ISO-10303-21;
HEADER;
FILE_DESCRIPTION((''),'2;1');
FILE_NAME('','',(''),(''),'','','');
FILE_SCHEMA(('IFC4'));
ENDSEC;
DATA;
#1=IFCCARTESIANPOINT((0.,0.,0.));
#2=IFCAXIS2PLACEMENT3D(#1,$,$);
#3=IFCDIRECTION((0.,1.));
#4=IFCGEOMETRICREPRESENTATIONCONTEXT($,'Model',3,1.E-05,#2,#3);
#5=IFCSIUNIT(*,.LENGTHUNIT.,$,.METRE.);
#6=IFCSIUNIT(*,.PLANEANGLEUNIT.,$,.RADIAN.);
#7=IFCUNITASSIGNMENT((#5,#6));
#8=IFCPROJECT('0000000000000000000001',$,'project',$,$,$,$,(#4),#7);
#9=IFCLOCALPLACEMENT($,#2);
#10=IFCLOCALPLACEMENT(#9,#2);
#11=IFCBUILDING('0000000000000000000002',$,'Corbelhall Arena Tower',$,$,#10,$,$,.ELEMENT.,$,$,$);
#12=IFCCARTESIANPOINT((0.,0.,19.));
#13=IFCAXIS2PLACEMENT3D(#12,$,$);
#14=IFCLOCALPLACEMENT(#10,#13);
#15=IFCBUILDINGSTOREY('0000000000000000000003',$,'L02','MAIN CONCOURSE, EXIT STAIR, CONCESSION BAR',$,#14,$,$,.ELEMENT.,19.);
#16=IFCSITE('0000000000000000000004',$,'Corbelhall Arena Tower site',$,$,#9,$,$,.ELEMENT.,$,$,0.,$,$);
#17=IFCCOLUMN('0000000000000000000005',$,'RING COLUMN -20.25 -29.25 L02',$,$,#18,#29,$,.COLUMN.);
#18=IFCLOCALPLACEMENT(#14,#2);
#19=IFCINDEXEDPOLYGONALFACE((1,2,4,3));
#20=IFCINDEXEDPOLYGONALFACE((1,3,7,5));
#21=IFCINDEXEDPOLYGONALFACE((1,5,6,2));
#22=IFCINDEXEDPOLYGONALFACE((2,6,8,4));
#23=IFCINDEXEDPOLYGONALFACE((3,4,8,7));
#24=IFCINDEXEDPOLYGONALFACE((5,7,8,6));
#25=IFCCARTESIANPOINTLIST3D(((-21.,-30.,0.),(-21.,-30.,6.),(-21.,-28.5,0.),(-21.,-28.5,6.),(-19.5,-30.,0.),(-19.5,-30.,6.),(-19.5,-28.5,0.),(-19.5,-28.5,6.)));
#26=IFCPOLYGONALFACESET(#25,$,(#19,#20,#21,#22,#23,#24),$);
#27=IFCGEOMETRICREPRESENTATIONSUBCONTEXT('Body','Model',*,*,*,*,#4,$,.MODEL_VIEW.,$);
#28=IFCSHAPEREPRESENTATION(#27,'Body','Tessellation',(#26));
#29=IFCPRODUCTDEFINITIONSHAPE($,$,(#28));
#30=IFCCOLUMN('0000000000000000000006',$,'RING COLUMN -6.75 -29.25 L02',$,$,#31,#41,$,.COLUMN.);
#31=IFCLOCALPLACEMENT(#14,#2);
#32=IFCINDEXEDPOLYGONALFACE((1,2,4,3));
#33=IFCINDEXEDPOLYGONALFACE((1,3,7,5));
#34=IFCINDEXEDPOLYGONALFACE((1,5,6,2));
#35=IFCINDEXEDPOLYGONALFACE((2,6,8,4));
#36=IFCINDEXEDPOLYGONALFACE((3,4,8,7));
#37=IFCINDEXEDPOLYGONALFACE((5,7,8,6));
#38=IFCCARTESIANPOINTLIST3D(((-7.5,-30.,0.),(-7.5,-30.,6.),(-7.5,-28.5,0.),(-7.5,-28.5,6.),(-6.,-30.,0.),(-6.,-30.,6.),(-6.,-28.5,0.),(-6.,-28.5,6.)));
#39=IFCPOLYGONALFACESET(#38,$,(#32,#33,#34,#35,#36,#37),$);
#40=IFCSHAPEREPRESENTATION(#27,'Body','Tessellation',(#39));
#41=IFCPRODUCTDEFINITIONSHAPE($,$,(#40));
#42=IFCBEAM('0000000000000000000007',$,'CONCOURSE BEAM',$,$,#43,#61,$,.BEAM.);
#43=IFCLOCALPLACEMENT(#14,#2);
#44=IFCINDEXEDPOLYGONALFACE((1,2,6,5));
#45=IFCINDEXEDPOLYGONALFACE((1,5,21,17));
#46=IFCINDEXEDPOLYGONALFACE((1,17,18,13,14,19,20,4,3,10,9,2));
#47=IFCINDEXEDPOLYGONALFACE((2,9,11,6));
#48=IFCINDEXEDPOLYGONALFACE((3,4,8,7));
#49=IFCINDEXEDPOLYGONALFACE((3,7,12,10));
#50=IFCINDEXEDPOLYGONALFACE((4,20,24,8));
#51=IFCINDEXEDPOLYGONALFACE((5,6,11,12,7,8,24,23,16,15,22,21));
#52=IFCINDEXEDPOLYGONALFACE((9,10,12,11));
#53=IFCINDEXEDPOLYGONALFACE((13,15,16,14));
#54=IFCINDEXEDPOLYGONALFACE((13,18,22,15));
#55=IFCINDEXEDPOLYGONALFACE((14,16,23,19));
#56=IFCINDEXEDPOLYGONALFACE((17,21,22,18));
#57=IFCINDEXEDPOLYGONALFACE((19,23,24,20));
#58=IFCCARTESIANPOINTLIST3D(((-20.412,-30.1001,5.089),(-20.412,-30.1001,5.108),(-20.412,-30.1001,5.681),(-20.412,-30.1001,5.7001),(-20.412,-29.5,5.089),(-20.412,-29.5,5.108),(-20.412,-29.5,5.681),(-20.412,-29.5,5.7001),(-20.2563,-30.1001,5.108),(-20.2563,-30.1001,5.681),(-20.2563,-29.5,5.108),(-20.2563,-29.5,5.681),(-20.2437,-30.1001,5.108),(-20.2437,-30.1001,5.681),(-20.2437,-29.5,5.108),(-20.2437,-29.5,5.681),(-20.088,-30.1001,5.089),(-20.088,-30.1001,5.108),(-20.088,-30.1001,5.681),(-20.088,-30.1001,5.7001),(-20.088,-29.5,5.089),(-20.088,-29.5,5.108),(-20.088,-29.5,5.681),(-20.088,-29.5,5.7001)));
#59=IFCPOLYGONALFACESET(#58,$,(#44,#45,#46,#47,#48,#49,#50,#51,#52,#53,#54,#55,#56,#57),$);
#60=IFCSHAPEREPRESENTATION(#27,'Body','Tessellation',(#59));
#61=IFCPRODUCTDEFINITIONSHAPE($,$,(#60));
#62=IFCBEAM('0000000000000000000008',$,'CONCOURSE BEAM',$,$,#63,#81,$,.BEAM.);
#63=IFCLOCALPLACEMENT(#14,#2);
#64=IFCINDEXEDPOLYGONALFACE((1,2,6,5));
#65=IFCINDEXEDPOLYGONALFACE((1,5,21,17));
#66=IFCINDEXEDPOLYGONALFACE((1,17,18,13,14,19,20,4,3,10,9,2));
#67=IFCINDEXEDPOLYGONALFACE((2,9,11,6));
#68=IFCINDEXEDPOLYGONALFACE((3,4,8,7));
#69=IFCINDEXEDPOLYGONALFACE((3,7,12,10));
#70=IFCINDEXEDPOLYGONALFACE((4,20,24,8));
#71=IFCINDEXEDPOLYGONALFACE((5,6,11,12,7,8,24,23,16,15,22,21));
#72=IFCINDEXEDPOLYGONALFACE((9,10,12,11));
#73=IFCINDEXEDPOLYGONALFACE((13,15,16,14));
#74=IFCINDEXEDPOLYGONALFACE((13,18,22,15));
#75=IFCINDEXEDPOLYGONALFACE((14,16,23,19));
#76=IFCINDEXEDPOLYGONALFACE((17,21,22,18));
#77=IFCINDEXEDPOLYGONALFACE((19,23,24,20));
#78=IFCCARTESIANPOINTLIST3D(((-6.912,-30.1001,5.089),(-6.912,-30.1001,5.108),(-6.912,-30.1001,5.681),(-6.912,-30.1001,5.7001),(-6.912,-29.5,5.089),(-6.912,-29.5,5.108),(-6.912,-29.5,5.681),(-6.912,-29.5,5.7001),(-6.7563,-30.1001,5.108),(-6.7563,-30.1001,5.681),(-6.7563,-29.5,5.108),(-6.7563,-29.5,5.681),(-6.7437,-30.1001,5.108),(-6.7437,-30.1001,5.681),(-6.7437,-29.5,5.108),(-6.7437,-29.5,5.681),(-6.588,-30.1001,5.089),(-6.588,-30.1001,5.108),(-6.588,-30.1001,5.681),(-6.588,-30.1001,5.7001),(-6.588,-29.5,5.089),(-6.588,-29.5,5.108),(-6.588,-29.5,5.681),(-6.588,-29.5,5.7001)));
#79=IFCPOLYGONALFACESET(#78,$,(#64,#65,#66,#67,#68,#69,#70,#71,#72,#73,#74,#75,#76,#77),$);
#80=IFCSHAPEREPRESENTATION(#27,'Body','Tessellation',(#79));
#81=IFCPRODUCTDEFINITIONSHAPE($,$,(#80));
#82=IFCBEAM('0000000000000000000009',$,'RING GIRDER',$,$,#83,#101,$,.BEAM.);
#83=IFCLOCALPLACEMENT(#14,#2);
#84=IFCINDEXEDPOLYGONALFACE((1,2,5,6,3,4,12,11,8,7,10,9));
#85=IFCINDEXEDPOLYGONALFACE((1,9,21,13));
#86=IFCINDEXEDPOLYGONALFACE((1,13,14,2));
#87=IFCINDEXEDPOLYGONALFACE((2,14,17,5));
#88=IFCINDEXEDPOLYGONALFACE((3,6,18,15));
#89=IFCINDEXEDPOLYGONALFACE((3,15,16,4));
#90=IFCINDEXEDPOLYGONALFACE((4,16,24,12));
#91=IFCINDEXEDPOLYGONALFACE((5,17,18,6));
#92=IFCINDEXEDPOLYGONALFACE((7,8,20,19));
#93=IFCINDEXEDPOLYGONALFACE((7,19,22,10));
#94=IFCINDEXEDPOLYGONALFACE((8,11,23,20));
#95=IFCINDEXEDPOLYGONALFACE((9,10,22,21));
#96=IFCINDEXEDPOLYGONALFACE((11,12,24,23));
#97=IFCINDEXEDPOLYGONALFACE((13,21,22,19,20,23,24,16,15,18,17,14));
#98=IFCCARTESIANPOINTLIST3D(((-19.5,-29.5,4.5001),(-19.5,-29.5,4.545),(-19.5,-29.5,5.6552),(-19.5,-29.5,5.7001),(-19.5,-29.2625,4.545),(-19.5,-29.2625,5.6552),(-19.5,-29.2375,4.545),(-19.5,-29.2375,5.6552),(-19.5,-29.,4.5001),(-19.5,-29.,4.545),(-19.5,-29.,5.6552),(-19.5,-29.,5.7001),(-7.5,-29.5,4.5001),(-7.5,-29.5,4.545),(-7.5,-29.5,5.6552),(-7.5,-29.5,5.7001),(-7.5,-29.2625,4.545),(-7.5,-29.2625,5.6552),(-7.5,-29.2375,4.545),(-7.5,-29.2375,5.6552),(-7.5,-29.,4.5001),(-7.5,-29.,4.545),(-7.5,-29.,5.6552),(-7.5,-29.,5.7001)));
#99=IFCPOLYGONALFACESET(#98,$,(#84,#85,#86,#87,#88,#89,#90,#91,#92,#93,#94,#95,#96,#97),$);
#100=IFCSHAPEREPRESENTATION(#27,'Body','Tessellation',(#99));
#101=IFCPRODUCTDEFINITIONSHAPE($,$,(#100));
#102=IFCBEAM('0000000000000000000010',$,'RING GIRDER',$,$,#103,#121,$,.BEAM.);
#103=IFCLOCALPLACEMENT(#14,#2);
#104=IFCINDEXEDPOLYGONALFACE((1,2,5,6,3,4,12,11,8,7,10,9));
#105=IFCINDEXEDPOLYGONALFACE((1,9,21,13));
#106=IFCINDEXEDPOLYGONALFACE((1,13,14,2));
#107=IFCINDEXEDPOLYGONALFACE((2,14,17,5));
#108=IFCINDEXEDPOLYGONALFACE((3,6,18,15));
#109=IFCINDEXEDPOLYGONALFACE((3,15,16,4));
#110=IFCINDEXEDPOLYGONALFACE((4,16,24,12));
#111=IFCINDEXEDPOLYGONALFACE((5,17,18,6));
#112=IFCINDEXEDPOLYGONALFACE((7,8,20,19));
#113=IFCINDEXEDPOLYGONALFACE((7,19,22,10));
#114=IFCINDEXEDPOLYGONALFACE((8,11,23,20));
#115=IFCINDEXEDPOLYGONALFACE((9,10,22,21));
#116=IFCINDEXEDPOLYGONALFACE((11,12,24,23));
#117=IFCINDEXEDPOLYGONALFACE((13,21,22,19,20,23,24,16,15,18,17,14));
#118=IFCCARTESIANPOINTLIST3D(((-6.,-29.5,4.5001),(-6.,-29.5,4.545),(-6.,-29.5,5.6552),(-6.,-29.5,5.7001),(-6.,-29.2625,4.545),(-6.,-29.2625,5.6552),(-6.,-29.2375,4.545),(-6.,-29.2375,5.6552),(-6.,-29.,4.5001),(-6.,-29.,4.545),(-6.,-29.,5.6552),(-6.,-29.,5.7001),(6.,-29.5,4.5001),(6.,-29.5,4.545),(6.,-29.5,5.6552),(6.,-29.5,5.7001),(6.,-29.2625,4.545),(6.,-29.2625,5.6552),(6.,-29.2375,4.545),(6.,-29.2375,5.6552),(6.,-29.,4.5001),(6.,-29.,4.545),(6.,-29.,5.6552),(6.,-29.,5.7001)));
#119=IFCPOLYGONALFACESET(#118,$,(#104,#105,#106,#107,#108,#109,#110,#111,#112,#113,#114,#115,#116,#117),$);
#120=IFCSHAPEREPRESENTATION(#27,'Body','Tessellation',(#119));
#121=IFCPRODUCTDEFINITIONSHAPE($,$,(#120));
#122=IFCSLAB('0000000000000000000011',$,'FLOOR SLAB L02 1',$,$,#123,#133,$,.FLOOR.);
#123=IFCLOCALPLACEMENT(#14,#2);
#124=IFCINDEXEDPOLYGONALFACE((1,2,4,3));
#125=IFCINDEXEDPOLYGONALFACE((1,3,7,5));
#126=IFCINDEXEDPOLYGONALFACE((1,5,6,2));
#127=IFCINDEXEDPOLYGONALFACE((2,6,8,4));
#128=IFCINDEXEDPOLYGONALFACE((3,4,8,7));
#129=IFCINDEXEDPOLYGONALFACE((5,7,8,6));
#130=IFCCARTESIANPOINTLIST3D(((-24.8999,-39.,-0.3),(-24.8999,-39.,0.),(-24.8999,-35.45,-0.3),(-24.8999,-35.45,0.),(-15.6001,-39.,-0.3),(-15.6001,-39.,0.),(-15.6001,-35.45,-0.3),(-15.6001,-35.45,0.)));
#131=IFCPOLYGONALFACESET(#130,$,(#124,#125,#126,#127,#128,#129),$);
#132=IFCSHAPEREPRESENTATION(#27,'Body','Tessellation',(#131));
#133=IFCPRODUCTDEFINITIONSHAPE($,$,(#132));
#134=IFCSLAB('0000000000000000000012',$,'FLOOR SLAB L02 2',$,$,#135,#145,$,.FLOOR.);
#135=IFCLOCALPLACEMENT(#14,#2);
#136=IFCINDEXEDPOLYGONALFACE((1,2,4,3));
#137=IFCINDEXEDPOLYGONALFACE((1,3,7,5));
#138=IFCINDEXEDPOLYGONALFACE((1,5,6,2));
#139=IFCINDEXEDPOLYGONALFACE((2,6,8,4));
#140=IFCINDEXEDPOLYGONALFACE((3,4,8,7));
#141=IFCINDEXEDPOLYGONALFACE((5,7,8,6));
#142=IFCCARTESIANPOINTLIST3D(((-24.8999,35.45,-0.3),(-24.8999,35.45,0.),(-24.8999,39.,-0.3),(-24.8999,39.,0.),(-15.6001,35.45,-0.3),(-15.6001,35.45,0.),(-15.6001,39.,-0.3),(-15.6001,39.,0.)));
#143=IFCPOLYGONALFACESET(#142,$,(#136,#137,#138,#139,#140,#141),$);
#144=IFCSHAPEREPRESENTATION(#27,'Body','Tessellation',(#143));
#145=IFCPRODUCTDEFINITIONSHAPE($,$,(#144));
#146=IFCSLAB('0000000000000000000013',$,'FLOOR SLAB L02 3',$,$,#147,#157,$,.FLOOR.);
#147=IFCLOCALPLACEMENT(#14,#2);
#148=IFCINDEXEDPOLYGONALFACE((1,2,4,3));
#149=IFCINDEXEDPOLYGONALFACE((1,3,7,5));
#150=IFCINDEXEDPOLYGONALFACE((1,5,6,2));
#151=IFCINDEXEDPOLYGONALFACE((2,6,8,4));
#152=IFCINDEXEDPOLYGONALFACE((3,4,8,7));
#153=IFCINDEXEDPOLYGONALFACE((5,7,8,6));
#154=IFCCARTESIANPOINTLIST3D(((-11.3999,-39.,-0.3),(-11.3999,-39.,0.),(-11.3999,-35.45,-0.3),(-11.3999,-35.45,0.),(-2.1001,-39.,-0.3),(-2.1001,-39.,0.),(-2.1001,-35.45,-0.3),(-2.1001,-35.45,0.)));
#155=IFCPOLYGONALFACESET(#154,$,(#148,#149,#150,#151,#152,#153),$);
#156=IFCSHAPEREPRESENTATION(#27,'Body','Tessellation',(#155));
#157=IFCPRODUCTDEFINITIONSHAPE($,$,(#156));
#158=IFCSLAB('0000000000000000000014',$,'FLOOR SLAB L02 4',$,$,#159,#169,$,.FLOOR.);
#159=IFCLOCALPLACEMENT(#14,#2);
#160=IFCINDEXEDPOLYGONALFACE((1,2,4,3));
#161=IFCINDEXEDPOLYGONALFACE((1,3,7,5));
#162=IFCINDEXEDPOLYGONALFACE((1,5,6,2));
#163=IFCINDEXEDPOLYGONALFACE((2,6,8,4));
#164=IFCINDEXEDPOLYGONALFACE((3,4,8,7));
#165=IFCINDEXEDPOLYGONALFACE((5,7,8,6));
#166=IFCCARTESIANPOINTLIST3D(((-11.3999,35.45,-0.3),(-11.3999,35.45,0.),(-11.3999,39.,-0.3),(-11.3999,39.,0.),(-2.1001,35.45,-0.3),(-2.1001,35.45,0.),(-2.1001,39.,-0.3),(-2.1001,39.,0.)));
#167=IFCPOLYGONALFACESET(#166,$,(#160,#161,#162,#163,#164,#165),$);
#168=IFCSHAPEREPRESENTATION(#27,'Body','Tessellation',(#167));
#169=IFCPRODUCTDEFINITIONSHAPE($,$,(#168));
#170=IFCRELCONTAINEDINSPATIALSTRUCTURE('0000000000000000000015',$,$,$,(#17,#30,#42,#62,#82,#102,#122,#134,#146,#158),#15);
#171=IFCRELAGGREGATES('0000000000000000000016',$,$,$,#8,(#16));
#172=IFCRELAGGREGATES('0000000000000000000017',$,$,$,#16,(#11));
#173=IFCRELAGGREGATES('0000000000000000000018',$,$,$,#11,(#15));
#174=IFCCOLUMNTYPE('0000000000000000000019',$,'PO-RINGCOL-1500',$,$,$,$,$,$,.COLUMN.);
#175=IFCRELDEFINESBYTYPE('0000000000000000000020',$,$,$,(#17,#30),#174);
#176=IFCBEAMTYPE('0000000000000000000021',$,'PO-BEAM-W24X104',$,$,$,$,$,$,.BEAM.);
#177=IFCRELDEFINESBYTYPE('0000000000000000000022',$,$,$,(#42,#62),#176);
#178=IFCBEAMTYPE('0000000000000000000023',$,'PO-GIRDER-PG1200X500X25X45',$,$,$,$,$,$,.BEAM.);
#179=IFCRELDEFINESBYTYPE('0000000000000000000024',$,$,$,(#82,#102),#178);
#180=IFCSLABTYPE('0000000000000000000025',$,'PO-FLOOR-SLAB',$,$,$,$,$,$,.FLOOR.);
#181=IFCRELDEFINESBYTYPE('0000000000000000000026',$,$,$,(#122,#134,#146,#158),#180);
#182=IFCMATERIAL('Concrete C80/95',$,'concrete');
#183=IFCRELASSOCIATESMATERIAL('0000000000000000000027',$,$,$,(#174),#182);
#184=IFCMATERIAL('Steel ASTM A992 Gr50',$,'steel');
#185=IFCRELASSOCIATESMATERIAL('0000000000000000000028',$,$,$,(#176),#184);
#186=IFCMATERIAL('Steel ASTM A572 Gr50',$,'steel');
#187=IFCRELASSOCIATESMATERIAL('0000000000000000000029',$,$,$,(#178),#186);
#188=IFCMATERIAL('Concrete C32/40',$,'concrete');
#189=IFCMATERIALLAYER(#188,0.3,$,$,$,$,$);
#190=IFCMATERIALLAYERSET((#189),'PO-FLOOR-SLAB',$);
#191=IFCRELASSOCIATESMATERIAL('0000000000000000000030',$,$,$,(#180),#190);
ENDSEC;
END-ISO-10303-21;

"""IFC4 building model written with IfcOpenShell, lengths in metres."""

from ifc_helpers import new_model, si_unit, direction, frame, origin, origin_2d, place, context, subcontext, project, spatial, polyline, rectangle, i_section, outline, extrude, material, layer, layer_set, material_profile, profile_set, type_object, element, save


model = new_model("IFC4")

# Units and contexts
model_context = context("Model", 3, precision=1e-05, world=origin(), true_north=direction((0.0, 1.0)))
body_context = subcontext(model_context, "Body", "Model", "MODEL_VIEW")
ifc_project = project(units=[si_unit("LENGTHUNIT", "METRE"), si_unit("PLANEANGLEUNIT", "RADIAN")], contexts=[model_context])

# Site, building, storey
site_placement = place(None, origin())
site = spatial("IfcSite", under=ifc_project, at=site_placement, Name="Corbelhall Arena Tower site", CompositionType="ELEMENT", RefElevation=0.0)
building_placement = place(site_placement, origin())
building = spatial("IfcBuilding", under=site, at=building_placement, Name="Corbelhall Arena Tower", CompositionType="ELEMENT")
storey_placement = place(building_placement, frame((0.0, 0.0, 19.0)))
storey = spatial("IfcBuildingStorey", under=building, at=storey_placement, Name="L02", Description="MAIN CONCOURSE, EXIT STAIR, CONCESSION BAR", CompositionType="ELEMENT", Elevation=19.0)

# Columns
ifc_material_1 = material(Name="Concrete C80/95", Category="concrete")
ifc_material_profile_1 = material_profile(ifc_material_1, rectangle(XDim=1.5, YDim=1.5, at=origin_2d()))
ifc_profile_set_1 = profile_set([ifc_material_profile_1], Name="Concrete C80/95")
column_type = type_object("IfcColumnType", Name="PO-RINGCOL-1500", PredefinedType="COLUMN", material=ifc_profile_set_1)
for number, where, z_axis, x_axis, name in (
    (1, (-20.25, -29.25, 0.0), (0.0, 0.0, 1.0), (1.0, 0.0, 0.0), "RING COLUMN -20.25 -29.25 L02"),
    (2, (-6.75, -29.25, 0.0), (0.0, 0.0, 1.0), (1.0, 0.0, 0.0), "RING COLUMN -6.75 -29.25 L02"),
):
    element("IfcColumn", number, at=place(storey_placement, frame(where, z_axis=z_axis, x_axis=x_axis)), inside=storey, type_object=column_type, Name=name, PredefinedType="COLUMN", context=body_context, shape_type="SweptSolid", body=[
        extrude(rectangle(XDim=1.5, YDim=1.5, at=origin_2d()), origin(), (0.0, 0.0, 1.0), 6.0),
    ])

# Beams
ifc_material_2 = material(Name="Steel ASTM A992 Gr50", Category="steel")
ifc_material_profile_2 = material_profile(ifc_material_2, i_section(OverallWidth=0.324, OverallDepth=0.6111, WebThickness=0.0127, FlangeThickness=0.019, at=origin_2d()))
ifc_profile_set_2 = profile_set([ifc_material_profile_2], Name="Steel ASTM A992 Gr50")
beam_type_1 = type_object("IfcBeamType", Name="PO-BEAM-W24X104", PredefinedType="BEAM", material=ifc_profile_set_2)
for number, where, z_axis, x_axis, name in (
    (3, (-20.25, -29.5, 5.3945), (0.0, -1.0, 0.0), (1.0, 0.0, 0.0), "CONCOURSE BEAM"),
    (4, (-6.75, -29.5, 5.3945), (0.0, -1.0, 0.0), (1.0, 0.0, 0.0), "CONCOURSE BEAM"),
):
    element("IfcBeam", number, at=place(storey_placement, frame(where, z_axis=z_axis, x_axis=x_axis)), inside=storey, type_object=beam_type_1, Name=name, PredefinedType="BEAM", context=body_context, shape_type="SweptSolid", body=[
        extrude(i_section(OverallWidth=0.324, OverallDepth=0.6111, WebThickness=0.0127, FlangeThickness=0.019, at=origin_2d()), origin(), (0.0, 0.0, 1.0), 0.6001),
    ])
ifc_material_3 = material(Name="Steel ASTM A572 Gr50", Category="steel")
ifc_material_profile_3 = material_profile(ifc_material_3, i_section(OverallWidth=0.5, OverallDepth=1.2, WebThickness=0.0249, FlangeThickness=0.0449, at=origin_2d()))
ifc_profile_set_3 = profile_set([ifc_material_profile_3], Name="Steel ASTM A572 Gr50")
beam_type_2 = type_object("IfcBeamType", Name="PO-GIRDER-PG1200X500X25X45", PredefinedType="BEAM", material=ifc_profile_set_3)
for number, where, z_axis, x_axis, name in (
    (5, (-19.5, -29.25, 5.1001), (1.0, 0.0, 0.0), (0.0, 1.0, 0.0), "RING GIRDER"),
    (6, (-6.0, -29.25, 5.1001), (1.0, 0.0, 0.0), (0.0, 1.0, 0.0), "RING GIRDER"),
):
    element("IfcBeam", number, at=place(storey_placement, frame(where, z_axis=z_axis, x_axis=x_axis)), inside=storey, type_object=beam_type_2, Name=name, PredefinedType="BEAM", context=body_context, shape_type="SweptSolid", body=[
        extrude(i_section(OverallWidth=0.5, OverallDepth=1.2, WebThickness=0.0249, FlangeThickness=0.0449, at=origin_2d()), origin(), (0.0, 0.0, 1.0), 12.0),
    ])

# Slabs
ifc_material_4 = material(Name="Concrete C32/40", Category="concrete")
ifc_layer_1 = layer(ifc_material_4, 0.3)
ifc_layer_set_1 = layer_set([ifc_layer_1], Name="PO-FLOOR-SLAB")
slab_type = type_object("IfcSlabType", Name="PO-FLOOR-SLAB", PredefinedType="FLOOR", material=ifc_layer_set_1)
slab_1_placement = place(storey_placement, frame((0.0, 0.0, -0.3)))
element("IfcSlab", 7, at=slab_1_placement, inside=storey, type_object=slab_type, Name="FLOOR SLAB L02 1", PredefinedType="FLOOR", context=body_context, shape_type="SweptSolid", body=[
    extrude(outline(polyline([(-24.8999, -39.0), (-24.8999, -35.45), (-15.6001, -35.45), (-15.6001, -39.0), (-24.8999, -39.0)])), origin(), (0.0, 0.0, 1.0), 0.3),
])
slab_2_placement = place(storey_placement, frame((0.0, 0.0, -0.3)))
element("IfcSlab", 8, at=slab_2_placement, inside=storey, type_object=slab_type, Name="FLOOR SLAB L02 2", PredefinedType="FLOOR", context=body_context, shape_type="SweptSolid", body=[
    extrude(outline(polyline([(-15.6001, 39.0), (-15.6001, 35.45), (-24.8999, 35.45), (-24.8999, 39.0), (-15.6001, 39.0)])), origin(), (0.0, 0.0, 1.0), 0.3),
])
slab_3_placement = place(storey_placement, frame((0.0, 0.0, -0.3)))
element("IfcSlab", 9, at=slab_3_placement, inside=storey, type_object=slab_type, Name="FLOOR SLAB L02 3", PredefinedType="FLOOR", context=body_context, shape_type="SweptSolid", body=[
    extrude(outline(polyline([(-11.3999, -39.0), (-11.3999, -35.45), (-2.1001, -35.45), (-2.1001, -39.0), (-11.3999, -39.0)])), origin(), (0.0, 0.0, 1.0), 0.3),
])
slab_4_placement = place(storey_placement, frame((0.0, 0.0, -0.3)))
element("IfcSlab", 10, at=slab_4_placement, inside=storey, type_object=slab_type, Name="FLOOR SLAB L02 4", PredefinedType="FLOOR", context=body_context, shape_type="SweptSolid", body=[
    extrude(outline(polyline([(-2.1001, 39.0), (-2.1001, 35.45), (-11.3999, 35.45), (-11.3999, 39.0), (-2.1001, 39.0)])), origin(), (0.0, 0.0, 1.0), 0.3),
])

save(model, "model.ifc")
